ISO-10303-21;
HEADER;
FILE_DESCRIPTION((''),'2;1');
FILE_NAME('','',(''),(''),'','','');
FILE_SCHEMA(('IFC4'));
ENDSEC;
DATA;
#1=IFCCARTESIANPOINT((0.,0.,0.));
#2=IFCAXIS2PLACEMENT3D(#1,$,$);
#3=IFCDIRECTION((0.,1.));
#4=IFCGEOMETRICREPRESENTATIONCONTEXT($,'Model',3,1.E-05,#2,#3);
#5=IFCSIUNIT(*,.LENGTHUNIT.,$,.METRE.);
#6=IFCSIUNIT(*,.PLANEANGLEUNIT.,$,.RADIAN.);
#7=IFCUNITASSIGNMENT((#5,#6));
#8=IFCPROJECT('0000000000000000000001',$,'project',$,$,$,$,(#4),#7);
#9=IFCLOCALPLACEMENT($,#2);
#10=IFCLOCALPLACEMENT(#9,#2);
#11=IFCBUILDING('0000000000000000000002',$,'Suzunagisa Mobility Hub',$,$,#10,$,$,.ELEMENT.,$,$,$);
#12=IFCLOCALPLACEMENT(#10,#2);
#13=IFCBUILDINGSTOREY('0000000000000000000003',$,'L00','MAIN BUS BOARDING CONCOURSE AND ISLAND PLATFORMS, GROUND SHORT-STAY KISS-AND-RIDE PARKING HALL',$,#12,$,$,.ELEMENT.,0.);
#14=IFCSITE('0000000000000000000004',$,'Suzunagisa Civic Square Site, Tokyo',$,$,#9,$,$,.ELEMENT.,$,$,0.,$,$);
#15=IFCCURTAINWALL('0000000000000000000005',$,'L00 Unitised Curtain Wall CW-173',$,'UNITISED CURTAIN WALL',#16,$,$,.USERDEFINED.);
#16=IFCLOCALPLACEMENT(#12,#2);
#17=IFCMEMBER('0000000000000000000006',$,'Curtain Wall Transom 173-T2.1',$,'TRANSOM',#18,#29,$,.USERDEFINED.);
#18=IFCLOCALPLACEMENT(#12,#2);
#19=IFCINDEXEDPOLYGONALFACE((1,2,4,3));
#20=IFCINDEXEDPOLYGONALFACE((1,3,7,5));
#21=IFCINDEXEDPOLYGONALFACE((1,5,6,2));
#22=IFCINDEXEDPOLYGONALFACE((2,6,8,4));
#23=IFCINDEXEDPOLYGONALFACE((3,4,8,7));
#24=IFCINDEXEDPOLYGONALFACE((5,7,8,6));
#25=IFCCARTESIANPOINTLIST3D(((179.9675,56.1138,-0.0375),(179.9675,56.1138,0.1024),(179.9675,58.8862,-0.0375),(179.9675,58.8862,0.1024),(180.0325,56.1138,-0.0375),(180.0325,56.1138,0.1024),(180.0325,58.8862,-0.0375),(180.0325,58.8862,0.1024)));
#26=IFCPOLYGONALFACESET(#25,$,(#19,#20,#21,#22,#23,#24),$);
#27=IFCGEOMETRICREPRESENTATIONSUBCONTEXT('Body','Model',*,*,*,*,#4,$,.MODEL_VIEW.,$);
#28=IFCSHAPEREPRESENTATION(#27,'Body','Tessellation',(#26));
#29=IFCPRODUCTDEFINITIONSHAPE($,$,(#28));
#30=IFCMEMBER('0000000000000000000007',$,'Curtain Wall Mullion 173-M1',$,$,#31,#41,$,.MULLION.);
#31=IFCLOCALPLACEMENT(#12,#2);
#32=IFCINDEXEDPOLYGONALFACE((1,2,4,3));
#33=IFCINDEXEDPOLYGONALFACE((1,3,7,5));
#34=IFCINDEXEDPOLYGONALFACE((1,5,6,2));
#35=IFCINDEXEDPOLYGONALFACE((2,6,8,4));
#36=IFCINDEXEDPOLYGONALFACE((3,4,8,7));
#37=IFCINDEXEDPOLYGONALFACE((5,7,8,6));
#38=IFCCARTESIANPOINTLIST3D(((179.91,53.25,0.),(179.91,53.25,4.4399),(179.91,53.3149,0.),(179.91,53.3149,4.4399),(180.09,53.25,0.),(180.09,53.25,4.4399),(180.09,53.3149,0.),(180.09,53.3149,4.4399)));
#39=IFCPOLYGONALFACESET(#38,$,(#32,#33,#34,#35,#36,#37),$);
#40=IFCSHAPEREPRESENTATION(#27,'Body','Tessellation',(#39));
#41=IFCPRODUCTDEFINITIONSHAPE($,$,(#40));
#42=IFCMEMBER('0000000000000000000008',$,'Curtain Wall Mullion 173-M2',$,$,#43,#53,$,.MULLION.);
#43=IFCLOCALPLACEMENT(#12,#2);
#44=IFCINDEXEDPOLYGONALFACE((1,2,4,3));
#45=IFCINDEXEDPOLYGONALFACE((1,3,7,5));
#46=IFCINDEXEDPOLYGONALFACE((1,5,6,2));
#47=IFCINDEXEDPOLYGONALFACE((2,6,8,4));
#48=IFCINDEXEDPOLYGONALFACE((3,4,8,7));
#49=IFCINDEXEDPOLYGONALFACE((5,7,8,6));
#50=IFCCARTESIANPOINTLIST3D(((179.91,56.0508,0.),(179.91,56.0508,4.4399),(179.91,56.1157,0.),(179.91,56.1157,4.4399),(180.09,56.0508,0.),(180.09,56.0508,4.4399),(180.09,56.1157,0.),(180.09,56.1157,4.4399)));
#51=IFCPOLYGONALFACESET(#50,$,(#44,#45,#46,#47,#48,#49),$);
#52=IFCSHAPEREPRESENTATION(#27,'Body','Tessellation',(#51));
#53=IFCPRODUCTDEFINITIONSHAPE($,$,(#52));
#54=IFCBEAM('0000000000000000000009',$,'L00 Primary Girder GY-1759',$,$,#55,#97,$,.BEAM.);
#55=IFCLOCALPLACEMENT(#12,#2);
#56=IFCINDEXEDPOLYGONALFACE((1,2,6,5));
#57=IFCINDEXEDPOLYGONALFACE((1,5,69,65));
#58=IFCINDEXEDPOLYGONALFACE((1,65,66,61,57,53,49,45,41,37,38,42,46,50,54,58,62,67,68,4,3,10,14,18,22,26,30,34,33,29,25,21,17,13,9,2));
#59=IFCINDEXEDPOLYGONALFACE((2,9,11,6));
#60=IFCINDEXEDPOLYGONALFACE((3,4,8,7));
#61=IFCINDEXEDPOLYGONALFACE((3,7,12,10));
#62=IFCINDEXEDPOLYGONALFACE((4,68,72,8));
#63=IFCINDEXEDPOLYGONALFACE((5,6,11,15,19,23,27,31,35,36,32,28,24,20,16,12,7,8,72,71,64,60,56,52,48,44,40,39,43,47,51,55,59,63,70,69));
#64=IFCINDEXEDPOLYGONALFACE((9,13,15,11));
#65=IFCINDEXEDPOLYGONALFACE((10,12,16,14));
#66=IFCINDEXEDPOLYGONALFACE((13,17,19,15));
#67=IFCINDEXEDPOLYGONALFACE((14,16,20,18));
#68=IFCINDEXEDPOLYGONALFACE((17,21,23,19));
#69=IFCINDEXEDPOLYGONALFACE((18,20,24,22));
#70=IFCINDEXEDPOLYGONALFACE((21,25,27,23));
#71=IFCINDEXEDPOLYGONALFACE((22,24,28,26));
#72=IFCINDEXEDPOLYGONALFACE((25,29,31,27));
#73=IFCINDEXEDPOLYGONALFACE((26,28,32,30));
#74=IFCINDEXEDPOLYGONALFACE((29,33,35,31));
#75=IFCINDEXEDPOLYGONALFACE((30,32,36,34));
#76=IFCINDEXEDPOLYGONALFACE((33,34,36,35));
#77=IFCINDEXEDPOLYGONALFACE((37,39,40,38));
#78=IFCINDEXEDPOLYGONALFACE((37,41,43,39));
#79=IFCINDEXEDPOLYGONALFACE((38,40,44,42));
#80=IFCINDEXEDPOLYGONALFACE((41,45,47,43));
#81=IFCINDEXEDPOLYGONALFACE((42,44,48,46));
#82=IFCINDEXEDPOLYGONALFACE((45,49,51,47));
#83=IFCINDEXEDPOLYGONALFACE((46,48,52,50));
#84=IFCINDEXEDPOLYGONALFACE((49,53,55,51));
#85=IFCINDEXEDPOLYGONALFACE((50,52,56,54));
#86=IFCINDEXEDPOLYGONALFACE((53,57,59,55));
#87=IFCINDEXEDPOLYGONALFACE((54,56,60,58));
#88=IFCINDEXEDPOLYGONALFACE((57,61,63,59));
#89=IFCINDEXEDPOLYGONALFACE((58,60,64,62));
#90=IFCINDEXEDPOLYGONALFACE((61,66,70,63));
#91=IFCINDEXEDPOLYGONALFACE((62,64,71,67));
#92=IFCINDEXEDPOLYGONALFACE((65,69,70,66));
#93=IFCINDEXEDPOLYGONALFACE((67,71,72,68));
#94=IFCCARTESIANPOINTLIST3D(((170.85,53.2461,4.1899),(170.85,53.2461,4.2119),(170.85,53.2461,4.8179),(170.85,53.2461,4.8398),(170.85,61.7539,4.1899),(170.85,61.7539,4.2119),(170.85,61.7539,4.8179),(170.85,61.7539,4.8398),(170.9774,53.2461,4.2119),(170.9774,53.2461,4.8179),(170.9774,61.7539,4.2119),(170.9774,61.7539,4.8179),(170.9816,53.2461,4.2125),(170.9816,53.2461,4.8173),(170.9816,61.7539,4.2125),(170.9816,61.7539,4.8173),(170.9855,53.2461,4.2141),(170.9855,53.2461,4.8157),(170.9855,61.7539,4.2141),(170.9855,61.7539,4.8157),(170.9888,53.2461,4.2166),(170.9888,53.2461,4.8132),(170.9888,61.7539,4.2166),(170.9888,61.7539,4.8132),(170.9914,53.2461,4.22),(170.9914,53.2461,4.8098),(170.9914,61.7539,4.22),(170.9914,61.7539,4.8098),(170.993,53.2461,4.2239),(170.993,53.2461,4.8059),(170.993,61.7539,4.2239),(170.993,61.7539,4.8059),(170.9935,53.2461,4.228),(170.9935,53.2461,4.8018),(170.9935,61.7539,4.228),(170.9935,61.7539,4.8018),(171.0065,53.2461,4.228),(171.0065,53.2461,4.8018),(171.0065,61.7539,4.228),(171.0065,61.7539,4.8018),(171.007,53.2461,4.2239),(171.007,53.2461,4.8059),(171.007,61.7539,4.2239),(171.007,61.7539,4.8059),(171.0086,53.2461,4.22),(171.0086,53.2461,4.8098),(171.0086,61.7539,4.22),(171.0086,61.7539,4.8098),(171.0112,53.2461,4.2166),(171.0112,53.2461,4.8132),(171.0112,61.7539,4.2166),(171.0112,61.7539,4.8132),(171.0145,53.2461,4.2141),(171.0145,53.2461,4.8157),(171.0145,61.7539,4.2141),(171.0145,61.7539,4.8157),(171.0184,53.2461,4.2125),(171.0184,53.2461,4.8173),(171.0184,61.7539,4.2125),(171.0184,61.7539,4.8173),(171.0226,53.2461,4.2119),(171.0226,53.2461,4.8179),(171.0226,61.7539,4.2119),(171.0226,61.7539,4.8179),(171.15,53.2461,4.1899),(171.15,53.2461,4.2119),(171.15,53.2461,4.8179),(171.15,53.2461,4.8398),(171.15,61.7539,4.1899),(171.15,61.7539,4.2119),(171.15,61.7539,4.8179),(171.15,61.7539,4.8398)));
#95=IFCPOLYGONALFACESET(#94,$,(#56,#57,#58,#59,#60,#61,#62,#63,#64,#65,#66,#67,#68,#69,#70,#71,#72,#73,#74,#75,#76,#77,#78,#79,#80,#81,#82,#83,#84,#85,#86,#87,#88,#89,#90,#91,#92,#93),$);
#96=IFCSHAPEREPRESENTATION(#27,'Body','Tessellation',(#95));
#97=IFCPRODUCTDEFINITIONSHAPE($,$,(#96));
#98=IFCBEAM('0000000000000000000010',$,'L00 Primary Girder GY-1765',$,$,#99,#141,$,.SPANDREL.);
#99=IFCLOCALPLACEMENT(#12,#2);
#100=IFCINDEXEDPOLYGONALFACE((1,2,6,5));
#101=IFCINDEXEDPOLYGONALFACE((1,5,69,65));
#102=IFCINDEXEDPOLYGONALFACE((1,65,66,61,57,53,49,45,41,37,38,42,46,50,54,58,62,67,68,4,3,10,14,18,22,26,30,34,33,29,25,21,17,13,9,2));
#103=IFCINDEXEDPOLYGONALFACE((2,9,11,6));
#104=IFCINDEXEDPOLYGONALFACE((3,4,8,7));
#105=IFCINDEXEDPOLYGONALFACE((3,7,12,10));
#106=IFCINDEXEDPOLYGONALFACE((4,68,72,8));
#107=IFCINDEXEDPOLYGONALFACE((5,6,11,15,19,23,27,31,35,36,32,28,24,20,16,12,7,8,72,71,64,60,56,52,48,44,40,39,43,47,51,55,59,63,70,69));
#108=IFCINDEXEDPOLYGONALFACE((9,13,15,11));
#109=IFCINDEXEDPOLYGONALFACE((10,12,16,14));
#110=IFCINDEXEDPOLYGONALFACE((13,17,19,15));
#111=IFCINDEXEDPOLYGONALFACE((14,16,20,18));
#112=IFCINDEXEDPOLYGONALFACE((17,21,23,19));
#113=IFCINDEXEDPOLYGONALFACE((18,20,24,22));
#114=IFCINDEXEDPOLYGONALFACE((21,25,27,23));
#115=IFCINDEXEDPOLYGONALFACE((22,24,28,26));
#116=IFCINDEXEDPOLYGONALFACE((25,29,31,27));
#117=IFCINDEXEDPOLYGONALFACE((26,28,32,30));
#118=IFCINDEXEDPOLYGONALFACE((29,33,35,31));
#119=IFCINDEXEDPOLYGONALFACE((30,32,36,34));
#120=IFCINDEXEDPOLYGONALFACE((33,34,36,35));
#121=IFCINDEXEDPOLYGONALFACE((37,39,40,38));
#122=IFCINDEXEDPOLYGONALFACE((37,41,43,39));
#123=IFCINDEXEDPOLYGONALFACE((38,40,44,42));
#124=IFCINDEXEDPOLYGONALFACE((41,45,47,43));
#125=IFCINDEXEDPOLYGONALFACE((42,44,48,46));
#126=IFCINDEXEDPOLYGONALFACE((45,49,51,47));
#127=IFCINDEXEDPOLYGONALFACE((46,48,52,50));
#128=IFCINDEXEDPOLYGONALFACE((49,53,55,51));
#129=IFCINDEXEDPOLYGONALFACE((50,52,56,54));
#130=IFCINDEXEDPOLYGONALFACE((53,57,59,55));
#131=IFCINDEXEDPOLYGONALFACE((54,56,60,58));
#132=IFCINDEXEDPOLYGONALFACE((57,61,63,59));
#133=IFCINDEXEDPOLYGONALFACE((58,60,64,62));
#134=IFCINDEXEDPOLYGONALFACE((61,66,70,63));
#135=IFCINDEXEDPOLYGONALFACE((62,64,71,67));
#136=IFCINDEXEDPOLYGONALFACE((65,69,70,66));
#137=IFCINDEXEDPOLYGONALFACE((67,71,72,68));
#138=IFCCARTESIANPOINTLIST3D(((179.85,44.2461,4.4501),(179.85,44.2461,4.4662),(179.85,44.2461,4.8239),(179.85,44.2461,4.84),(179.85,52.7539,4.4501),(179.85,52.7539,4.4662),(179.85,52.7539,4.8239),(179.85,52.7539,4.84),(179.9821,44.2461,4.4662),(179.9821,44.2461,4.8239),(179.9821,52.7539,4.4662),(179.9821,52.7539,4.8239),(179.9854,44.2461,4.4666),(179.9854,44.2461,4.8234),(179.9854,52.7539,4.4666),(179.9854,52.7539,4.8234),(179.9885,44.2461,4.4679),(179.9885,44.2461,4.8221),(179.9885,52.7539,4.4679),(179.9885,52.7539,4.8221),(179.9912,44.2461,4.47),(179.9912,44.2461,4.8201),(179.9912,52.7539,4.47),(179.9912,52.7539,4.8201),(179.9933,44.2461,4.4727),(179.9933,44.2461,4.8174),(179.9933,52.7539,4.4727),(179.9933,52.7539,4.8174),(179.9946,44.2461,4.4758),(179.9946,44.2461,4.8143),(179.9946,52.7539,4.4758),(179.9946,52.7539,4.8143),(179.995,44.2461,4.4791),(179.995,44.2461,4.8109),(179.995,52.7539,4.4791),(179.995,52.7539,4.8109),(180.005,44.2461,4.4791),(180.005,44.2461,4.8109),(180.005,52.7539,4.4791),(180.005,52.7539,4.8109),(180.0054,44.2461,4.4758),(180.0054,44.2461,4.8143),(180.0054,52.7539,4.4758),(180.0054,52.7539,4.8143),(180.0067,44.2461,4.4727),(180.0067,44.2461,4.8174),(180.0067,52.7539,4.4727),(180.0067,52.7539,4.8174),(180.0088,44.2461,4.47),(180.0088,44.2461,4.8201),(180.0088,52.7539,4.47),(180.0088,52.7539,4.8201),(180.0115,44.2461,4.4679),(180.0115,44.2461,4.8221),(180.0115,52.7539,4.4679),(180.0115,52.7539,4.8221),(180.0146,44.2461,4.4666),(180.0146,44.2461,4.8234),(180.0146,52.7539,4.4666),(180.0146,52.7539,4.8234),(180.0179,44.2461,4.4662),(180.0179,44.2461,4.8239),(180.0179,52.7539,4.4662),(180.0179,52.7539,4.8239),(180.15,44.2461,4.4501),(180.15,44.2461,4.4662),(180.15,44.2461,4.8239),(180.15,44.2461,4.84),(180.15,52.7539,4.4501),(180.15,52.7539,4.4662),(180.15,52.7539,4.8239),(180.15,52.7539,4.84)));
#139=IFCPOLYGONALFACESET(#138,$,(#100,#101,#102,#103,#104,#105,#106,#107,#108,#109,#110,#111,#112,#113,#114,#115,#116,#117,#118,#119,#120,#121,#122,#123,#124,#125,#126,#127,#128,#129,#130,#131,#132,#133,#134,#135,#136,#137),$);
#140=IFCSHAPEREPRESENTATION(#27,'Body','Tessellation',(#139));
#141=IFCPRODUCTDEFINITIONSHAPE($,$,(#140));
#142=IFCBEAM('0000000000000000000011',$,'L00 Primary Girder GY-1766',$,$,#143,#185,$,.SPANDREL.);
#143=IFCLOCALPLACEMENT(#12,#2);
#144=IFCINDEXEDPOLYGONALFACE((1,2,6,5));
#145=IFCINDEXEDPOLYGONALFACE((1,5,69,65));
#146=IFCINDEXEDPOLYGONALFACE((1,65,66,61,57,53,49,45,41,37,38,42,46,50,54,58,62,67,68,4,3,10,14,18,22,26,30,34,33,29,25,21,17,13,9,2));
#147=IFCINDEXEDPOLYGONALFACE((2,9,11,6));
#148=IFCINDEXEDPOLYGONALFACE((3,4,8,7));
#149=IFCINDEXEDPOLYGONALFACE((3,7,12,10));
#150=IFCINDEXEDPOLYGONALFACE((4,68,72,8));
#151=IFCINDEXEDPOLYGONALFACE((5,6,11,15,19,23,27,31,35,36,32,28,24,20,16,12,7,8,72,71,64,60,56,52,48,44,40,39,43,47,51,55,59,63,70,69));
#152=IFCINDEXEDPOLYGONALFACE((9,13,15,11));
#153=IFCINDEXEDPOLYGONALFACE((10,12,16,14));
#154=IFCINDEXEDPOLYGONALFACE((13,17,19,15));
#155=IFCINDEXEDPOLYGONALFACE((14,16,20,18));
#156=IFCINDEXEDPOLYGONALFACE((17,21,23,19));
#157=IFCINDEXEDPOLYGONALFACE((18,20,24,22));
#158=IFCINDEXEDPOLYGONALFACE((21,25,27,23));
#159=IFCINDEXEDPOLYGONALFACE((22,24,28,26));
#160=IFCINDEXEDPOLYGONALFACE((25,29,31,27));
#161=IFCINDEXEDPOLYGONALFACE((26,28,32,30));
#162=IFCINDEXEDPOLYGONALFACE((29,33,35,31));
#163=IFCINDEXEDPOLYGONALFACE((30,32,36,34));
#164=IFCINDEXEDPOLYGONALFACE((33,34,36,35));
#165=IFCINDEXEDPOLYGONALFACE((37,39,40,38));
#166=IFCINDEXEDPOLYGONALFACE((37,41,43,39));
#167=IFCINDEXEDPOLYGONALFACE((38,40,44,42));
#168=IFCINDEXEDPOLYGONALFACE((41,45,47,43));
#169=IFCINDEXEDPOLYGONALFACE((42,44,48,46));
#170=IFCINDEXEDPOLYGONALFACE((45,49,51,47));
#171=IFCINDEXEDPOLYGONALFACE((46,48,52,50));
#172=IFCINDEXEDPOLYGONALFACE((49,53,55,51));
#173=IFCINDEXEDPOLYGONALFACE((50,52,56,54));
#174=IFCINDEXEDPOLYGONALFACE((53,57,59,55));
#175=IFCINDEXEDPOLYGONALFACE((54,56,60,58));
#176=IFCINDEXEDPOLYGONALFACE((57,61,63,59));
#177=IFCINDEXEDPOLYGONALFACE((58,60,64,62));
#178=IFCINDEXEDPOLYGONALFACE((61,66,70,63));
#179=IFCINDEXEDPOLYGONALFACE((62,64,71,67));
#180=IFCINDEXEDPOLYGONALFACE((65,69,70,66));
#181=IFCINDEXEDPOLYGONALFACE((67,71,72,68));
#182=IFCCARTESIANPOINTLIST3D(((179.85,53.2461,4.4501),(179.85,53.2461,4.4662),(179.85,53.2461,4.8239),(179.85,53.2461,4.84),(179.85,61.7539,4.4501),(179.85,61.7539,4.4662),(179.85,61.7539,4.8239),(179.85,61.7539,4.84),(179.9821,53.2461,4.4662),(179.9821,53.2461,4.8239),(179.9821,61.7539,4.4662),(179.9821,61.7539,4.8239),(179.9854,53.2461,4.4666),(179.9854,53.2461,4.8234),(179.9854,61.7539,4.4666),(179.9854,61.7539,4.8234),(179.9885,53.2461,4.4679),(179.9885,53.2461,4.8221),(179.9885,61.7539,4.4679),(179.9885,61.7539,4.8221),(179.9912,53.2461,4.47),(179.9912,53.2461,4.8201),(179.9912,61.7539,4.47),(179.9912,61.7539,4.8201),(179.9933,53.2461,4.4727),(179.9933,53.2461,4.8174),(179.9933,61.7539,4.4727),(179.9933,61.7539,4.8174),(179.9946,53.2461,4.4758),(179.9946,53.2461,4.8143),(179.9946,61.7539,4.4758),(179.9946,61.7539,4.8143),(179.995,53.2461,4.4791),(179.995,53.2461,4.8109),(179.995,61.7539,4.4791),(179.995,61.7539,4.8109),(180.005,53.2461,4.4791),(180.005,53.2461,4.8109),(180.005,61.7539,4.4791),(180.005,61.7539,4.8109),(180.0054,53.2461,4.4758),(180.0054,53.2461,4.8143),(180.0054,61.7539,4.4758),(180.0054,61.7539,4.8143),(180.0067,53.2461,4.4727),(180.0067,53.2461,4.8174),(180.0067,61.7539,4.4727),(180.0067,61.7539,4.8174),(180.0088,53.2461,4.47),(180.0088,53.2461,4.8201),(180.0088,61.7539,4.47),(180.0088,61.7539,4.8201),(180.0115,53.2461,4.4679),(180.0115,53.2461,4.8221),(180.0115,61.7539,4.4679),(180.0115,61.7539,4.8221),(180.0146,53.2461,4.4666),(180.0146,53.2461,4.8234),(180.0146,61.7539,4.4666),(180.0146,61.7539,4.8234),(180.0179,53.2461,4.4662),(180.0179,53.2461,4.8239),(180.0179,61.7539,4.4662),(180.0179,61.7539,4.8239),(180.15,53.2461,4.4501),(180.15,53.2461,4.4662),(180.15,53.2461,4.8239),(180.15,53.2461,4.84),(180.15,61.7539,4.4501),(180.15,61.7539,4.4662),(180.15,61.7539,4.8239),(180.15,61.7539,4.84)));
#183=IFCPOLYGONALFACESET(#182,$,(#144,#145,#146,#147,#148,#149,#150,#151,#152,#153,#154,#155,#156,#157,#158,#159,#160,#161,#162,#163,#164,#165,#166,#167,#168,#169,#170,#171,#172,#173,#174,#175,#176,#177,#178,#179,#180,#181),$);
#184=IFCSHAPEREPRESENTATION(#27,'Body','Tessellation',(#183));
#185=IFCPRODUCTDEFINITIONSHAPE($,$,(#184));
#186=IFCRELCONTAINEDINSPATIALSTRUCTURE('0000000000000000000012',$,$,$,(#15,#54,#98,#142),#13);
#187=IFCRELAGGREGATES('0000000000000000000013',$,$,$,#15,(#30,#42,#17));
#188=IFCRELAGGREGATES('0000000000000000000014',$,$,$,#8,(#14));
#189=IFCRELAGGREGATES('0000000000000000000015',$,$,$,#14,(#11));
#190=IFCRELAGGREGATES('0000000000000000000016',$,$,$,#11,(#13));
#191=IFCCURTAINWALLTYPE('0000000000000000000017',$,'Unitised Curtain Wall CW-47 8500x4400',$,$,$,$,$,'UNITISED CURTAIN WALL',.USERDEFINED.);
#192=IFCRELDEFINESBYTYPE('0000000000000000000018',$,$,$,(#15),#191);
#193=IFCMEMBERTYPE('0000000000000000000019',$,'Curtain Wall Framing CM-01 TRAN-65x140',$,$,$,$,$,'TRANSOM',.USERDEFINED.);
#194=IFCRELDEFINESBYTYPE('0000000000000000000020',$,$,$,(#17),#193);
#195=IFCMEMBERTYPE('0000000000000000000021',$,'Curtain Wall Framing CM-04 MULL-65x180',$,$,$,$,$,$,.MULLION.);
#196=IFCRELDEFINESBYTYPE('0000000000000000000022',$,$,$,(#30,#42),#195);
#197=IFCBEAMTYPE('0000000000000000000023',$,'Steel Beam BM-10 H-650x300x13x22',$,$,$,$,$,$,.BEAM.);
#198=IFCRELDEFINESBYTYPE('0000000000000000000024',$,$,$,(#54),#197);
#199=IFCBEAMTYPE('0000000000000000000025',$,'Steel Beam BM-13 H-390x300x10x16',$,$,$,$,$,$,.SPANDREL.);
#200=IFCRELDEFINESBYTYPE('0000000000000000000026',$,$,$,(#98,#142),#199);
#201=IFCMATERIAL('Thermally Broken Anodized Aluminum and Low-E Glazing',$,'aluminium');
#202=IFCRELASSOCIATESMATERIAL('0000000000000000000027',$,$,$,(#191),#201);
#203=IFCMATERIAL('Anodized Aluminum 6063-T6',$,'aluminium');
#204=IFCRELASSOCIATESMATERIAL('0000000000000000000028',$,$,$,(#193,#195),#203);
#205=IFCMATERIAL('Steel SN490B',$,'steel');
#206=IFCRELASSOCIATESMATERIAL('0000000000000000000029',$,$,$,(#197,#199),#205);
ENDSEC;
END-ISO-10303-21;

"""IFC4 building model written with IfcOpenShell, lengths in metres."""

from ifc_helpers import new_model, si_unit, direction, frame, origin, origin_2d, place, context, subcontext, project, spatial, rectangle, i_section, extrude, material, material_profile, profile_set, type_object, element, aggregate, save


model = new_model("IFC4")

# Units and contexts
model_context = context("Model", 3, precision=1e-05, world=origin(), true_north=direction((0.0, 1.0)))
body_context = subcontext(model_context, "Body", "Model", "MODEL_VIEW")
ifc_project = project(units=[si_unit("LENGTHUNIT", "METRE"), si_unit("PLANEANGLEUNIT", "RADIAN")], contexts=[model_context])

# Site, building, storey
site_placement = place(None, origin())
site = spatial("IfcSite", under=ifc_project, at=site_placement, Name="Suzunagisa Civic Square Site, Tokyo", CompositionType="ELEMENT", RefElevation=0.0)
building_placement = place(site_placement, origin())
building = spatial("IfcBuilding", under=site, at=building_placement, Name="Suzunagisa Mobility Hub", CompositionType="ELEMENT")
storey_placement = place(building_placement, origin())
storey = spatial("IfcBuildingStorey", under=building, at=storey_placement, Name="L00", Description="MAIN BUS BOARDING CONCOURSE AND ISLAND PLATFORMS, GROUND SHORT-STAY KISS-AND-RIDE PARKING HALL", CompositionType="ELEMENT", Elevation=0.0)

# Shared definitions
ifc_material_1 = material(Name="Steel SN490B", Category="steel")

# Curtain wall, members
ifc_material_2 = material(Name="Thermally Broken Anodized Aluminum and Low-E Glazing", Category="aluminium")
curtain_wall_type = type_object("IfcCurtainWallType", Name="Unitised Curtain Wall CW-47 8500x4400", ElementType="UNITISED CURTAIN WALL", PredefinedType="USERDEFINED", material=ifc_material_2)
curtain_wall_placement = place(storey_placement, origin())
curtain_wall = element("IfcCurtainWall", 1, at=curtain_wall_placement, inside=storey, type_object=curtain_wall_type, Name="L00 Unitised Curtain Wall CW-173", ObjectType="UNITISED CURTAIN WALL", PredefinedType="USERDEFINED")
ifc_material_3 = material(Name="Anodized Aluminum 6063-T6", Category="aluminium")
ifc_material_profile_1 = material_profile(ifc_material_3, rectangle(XDim=0.0649, YDim=0.1399, at=origin_2d()), Name="TRAN-65x140")
ifc_profile_set_1 = profile_set([ifc_material_profile_1], Name="Anodized Aluminum 6063-T6")
member_type_1 = type_object("IfcMemberType", Name="Curtain Wall Framing CM-01 TRAN-65x140", ElementType="TRANSOM", PredefinedType="USERDEFINED", material=ifc_profile_set_1)
member_1_placement = place(storey_placement, frame((180.0, 56.1138, 0.0325), z_axis=(0.0, 1.0, 0.0), x_axis=(-1.0, 0.0, 0.0)))
member_1 = element("IfcMember", 2, at=member_1_placement, type_object=member_type_1, Name="Curtain Wall Transom 173-T2.1", ObjectType="TRANSOM", PredefinedType="USERDEFINED", context=body_context, shape_type="SweptSolid", body=[
    extrude(rectangle(XDim=0.0649, YDim=0.1399, at=origin_2d()), origin(), (0.0, 0.0, 1.0), 2.7725),
])
ifc_material_profile_2 = material_profile(ifc_material_3, rectangle(XDim=0.0649, YDim=0.1799, at=origin_2d()), Name="MULL-65x180")
ifc_profile_set_2 = profile_set([ifc_material_profile_2], Name="Anodized Aluminum 6063-T6")
member_type_2 = type_object("IfcMemberType", Name="Curtain Wall Framing CM-04 MULL-65x180", PredefinedType="MULLION", material=ifc_profile_set_2)
member_2_placement = place(storey_placement, frame((180.0, 53.2825, 0.0), z_axis=(0.0, 0.0, 1.0), x_axis=(0.0, 1.0, 0.0)))
member_2 = element("IfcMember", 3, at=member_2_placement, type_object=member_type_2, Name="Curtain Wall Mullion 173-M1", PredefinedType="MULLION", context=body_context, shape_type="SweptSolid", body=[
    extrude(rectangle(XDim=0.0649, YDim=0.1799, at=origin_2d()), origin(), (0.0, 0.0, 1.0), 4.4399),
])
member_3_placement = place(storey_placement, frame((180.0, 56.0833, 0.0), z_axis=(0.0, 0.0, 1.0), x_axis=(0.0, 1.0, 0.0)))
member_3 = element("IfcMember", 4, at=member_3_placement, type_object=member_type_2, Name="Curtain Wall Mullion 173-M2", PredefinedType="MULLION", context=body_context, shape_type="SweptSolid", body=[
    extrude(rectangle(XDim=0.0649, YDim=0.1799, at=origin_2d()), origin(), (0.0, 0.0, 1.0), 4.4399),
])

# Beams
ifc_material_profile_3 = material_profile(ifc_material_1, i_section(OverallWidth=0.3, OverallDepth=0.6499, WebThickness=0.0129, FlangeThickness=0.022, FilletRadius=0.0161, at=origin_2d()), Name="H-650x300x13x22")
ifc_profile_set_3 = profile_set([ifc_material_profile_3], Name="Steel SN490B")
beam_type_1 = type_object("IfcBeamType", Name="Steel Beam BM-10 H-650x300x13x22", PredefinedType="BEAM", material=ifc_profile_set_3)
beam_1_placement = place(storey_placement, frame((171.0, 53.2461, 4.5149), z_axis=(0.0, 1.0, 0.0), x_axis=(-1.0, 0.0, 0.0)))
element("IfcBeam", 5, at=beam_1_placement, inside=storey, type_object=beam_type_1, Name="L00 Primary Girder GY-1759", PredefinedType="BEAM", context=body_context, shape_type="SweptSolid", body=[
    extrude(i_section(OverallWidth=0.3, OverallDepth=0.6499, WebThickness=0.0129, FlangeThickness=0.022, FilletRadius=0.0161, at=origin_2d()), origin(), (0.0, 0.0, 1.0), 8.5078),
])
ifc_material_profile_4 = material_profile(ifc_material_1, i_section(OverallWidth=0.3, OverallDepth=0.3899, WebThickness=0.01, FlangeThickness=0.0161, FilletRadius=0.0129, at=origin_2d()), Name="H-390x300x10x16")
ifc_profile_set_4 = profile_set([ifc_material_profile_4], Name="Steel SN490B")
beam_type_2 = type_object("IfcBeamType", Name="Steel Beam BM-13 H-390x300x10x16", PredefinedType="SPANDREL", material=ifc_profile_set_4)
for number, where, z_axis, x_axis, name in (
    (6, (180.0, 44.2461, 4.645), (0.0, 1.0, 0.0), (-1.0, 0.0, 0.0), "L00 Primary Girder GY-1765"),
    (7, (180.0, 53.2461, 4.645), (0.0, 1.0, 0.0), (-1.0, 0.0, 0.0), "L00 Primary Girder GY-1766"),
):
    element("IfcBeam", number, at=place(storey_placement, frame(where, z_axis=z_axis, x_axis=x_axis)), inside=storey, type_object=beam_type_2, Name=name, PredefinedType="SPANDREL", context=body_context, shape_type="SweptSolid", body=[
        extrude(i_section(OverallWidth=0.3, OverallDepth=0.3899, WebThickness=0.01, FlangeThickness=0.0161, FilletRadius=0.0129, at=origin_2d()), origin(), (0.0, 0.0, 1.0), 8.5078),
    ])

aggregate(curtain_wall, [member_2, member_3, member_1])

save(model, "model.ifc")
